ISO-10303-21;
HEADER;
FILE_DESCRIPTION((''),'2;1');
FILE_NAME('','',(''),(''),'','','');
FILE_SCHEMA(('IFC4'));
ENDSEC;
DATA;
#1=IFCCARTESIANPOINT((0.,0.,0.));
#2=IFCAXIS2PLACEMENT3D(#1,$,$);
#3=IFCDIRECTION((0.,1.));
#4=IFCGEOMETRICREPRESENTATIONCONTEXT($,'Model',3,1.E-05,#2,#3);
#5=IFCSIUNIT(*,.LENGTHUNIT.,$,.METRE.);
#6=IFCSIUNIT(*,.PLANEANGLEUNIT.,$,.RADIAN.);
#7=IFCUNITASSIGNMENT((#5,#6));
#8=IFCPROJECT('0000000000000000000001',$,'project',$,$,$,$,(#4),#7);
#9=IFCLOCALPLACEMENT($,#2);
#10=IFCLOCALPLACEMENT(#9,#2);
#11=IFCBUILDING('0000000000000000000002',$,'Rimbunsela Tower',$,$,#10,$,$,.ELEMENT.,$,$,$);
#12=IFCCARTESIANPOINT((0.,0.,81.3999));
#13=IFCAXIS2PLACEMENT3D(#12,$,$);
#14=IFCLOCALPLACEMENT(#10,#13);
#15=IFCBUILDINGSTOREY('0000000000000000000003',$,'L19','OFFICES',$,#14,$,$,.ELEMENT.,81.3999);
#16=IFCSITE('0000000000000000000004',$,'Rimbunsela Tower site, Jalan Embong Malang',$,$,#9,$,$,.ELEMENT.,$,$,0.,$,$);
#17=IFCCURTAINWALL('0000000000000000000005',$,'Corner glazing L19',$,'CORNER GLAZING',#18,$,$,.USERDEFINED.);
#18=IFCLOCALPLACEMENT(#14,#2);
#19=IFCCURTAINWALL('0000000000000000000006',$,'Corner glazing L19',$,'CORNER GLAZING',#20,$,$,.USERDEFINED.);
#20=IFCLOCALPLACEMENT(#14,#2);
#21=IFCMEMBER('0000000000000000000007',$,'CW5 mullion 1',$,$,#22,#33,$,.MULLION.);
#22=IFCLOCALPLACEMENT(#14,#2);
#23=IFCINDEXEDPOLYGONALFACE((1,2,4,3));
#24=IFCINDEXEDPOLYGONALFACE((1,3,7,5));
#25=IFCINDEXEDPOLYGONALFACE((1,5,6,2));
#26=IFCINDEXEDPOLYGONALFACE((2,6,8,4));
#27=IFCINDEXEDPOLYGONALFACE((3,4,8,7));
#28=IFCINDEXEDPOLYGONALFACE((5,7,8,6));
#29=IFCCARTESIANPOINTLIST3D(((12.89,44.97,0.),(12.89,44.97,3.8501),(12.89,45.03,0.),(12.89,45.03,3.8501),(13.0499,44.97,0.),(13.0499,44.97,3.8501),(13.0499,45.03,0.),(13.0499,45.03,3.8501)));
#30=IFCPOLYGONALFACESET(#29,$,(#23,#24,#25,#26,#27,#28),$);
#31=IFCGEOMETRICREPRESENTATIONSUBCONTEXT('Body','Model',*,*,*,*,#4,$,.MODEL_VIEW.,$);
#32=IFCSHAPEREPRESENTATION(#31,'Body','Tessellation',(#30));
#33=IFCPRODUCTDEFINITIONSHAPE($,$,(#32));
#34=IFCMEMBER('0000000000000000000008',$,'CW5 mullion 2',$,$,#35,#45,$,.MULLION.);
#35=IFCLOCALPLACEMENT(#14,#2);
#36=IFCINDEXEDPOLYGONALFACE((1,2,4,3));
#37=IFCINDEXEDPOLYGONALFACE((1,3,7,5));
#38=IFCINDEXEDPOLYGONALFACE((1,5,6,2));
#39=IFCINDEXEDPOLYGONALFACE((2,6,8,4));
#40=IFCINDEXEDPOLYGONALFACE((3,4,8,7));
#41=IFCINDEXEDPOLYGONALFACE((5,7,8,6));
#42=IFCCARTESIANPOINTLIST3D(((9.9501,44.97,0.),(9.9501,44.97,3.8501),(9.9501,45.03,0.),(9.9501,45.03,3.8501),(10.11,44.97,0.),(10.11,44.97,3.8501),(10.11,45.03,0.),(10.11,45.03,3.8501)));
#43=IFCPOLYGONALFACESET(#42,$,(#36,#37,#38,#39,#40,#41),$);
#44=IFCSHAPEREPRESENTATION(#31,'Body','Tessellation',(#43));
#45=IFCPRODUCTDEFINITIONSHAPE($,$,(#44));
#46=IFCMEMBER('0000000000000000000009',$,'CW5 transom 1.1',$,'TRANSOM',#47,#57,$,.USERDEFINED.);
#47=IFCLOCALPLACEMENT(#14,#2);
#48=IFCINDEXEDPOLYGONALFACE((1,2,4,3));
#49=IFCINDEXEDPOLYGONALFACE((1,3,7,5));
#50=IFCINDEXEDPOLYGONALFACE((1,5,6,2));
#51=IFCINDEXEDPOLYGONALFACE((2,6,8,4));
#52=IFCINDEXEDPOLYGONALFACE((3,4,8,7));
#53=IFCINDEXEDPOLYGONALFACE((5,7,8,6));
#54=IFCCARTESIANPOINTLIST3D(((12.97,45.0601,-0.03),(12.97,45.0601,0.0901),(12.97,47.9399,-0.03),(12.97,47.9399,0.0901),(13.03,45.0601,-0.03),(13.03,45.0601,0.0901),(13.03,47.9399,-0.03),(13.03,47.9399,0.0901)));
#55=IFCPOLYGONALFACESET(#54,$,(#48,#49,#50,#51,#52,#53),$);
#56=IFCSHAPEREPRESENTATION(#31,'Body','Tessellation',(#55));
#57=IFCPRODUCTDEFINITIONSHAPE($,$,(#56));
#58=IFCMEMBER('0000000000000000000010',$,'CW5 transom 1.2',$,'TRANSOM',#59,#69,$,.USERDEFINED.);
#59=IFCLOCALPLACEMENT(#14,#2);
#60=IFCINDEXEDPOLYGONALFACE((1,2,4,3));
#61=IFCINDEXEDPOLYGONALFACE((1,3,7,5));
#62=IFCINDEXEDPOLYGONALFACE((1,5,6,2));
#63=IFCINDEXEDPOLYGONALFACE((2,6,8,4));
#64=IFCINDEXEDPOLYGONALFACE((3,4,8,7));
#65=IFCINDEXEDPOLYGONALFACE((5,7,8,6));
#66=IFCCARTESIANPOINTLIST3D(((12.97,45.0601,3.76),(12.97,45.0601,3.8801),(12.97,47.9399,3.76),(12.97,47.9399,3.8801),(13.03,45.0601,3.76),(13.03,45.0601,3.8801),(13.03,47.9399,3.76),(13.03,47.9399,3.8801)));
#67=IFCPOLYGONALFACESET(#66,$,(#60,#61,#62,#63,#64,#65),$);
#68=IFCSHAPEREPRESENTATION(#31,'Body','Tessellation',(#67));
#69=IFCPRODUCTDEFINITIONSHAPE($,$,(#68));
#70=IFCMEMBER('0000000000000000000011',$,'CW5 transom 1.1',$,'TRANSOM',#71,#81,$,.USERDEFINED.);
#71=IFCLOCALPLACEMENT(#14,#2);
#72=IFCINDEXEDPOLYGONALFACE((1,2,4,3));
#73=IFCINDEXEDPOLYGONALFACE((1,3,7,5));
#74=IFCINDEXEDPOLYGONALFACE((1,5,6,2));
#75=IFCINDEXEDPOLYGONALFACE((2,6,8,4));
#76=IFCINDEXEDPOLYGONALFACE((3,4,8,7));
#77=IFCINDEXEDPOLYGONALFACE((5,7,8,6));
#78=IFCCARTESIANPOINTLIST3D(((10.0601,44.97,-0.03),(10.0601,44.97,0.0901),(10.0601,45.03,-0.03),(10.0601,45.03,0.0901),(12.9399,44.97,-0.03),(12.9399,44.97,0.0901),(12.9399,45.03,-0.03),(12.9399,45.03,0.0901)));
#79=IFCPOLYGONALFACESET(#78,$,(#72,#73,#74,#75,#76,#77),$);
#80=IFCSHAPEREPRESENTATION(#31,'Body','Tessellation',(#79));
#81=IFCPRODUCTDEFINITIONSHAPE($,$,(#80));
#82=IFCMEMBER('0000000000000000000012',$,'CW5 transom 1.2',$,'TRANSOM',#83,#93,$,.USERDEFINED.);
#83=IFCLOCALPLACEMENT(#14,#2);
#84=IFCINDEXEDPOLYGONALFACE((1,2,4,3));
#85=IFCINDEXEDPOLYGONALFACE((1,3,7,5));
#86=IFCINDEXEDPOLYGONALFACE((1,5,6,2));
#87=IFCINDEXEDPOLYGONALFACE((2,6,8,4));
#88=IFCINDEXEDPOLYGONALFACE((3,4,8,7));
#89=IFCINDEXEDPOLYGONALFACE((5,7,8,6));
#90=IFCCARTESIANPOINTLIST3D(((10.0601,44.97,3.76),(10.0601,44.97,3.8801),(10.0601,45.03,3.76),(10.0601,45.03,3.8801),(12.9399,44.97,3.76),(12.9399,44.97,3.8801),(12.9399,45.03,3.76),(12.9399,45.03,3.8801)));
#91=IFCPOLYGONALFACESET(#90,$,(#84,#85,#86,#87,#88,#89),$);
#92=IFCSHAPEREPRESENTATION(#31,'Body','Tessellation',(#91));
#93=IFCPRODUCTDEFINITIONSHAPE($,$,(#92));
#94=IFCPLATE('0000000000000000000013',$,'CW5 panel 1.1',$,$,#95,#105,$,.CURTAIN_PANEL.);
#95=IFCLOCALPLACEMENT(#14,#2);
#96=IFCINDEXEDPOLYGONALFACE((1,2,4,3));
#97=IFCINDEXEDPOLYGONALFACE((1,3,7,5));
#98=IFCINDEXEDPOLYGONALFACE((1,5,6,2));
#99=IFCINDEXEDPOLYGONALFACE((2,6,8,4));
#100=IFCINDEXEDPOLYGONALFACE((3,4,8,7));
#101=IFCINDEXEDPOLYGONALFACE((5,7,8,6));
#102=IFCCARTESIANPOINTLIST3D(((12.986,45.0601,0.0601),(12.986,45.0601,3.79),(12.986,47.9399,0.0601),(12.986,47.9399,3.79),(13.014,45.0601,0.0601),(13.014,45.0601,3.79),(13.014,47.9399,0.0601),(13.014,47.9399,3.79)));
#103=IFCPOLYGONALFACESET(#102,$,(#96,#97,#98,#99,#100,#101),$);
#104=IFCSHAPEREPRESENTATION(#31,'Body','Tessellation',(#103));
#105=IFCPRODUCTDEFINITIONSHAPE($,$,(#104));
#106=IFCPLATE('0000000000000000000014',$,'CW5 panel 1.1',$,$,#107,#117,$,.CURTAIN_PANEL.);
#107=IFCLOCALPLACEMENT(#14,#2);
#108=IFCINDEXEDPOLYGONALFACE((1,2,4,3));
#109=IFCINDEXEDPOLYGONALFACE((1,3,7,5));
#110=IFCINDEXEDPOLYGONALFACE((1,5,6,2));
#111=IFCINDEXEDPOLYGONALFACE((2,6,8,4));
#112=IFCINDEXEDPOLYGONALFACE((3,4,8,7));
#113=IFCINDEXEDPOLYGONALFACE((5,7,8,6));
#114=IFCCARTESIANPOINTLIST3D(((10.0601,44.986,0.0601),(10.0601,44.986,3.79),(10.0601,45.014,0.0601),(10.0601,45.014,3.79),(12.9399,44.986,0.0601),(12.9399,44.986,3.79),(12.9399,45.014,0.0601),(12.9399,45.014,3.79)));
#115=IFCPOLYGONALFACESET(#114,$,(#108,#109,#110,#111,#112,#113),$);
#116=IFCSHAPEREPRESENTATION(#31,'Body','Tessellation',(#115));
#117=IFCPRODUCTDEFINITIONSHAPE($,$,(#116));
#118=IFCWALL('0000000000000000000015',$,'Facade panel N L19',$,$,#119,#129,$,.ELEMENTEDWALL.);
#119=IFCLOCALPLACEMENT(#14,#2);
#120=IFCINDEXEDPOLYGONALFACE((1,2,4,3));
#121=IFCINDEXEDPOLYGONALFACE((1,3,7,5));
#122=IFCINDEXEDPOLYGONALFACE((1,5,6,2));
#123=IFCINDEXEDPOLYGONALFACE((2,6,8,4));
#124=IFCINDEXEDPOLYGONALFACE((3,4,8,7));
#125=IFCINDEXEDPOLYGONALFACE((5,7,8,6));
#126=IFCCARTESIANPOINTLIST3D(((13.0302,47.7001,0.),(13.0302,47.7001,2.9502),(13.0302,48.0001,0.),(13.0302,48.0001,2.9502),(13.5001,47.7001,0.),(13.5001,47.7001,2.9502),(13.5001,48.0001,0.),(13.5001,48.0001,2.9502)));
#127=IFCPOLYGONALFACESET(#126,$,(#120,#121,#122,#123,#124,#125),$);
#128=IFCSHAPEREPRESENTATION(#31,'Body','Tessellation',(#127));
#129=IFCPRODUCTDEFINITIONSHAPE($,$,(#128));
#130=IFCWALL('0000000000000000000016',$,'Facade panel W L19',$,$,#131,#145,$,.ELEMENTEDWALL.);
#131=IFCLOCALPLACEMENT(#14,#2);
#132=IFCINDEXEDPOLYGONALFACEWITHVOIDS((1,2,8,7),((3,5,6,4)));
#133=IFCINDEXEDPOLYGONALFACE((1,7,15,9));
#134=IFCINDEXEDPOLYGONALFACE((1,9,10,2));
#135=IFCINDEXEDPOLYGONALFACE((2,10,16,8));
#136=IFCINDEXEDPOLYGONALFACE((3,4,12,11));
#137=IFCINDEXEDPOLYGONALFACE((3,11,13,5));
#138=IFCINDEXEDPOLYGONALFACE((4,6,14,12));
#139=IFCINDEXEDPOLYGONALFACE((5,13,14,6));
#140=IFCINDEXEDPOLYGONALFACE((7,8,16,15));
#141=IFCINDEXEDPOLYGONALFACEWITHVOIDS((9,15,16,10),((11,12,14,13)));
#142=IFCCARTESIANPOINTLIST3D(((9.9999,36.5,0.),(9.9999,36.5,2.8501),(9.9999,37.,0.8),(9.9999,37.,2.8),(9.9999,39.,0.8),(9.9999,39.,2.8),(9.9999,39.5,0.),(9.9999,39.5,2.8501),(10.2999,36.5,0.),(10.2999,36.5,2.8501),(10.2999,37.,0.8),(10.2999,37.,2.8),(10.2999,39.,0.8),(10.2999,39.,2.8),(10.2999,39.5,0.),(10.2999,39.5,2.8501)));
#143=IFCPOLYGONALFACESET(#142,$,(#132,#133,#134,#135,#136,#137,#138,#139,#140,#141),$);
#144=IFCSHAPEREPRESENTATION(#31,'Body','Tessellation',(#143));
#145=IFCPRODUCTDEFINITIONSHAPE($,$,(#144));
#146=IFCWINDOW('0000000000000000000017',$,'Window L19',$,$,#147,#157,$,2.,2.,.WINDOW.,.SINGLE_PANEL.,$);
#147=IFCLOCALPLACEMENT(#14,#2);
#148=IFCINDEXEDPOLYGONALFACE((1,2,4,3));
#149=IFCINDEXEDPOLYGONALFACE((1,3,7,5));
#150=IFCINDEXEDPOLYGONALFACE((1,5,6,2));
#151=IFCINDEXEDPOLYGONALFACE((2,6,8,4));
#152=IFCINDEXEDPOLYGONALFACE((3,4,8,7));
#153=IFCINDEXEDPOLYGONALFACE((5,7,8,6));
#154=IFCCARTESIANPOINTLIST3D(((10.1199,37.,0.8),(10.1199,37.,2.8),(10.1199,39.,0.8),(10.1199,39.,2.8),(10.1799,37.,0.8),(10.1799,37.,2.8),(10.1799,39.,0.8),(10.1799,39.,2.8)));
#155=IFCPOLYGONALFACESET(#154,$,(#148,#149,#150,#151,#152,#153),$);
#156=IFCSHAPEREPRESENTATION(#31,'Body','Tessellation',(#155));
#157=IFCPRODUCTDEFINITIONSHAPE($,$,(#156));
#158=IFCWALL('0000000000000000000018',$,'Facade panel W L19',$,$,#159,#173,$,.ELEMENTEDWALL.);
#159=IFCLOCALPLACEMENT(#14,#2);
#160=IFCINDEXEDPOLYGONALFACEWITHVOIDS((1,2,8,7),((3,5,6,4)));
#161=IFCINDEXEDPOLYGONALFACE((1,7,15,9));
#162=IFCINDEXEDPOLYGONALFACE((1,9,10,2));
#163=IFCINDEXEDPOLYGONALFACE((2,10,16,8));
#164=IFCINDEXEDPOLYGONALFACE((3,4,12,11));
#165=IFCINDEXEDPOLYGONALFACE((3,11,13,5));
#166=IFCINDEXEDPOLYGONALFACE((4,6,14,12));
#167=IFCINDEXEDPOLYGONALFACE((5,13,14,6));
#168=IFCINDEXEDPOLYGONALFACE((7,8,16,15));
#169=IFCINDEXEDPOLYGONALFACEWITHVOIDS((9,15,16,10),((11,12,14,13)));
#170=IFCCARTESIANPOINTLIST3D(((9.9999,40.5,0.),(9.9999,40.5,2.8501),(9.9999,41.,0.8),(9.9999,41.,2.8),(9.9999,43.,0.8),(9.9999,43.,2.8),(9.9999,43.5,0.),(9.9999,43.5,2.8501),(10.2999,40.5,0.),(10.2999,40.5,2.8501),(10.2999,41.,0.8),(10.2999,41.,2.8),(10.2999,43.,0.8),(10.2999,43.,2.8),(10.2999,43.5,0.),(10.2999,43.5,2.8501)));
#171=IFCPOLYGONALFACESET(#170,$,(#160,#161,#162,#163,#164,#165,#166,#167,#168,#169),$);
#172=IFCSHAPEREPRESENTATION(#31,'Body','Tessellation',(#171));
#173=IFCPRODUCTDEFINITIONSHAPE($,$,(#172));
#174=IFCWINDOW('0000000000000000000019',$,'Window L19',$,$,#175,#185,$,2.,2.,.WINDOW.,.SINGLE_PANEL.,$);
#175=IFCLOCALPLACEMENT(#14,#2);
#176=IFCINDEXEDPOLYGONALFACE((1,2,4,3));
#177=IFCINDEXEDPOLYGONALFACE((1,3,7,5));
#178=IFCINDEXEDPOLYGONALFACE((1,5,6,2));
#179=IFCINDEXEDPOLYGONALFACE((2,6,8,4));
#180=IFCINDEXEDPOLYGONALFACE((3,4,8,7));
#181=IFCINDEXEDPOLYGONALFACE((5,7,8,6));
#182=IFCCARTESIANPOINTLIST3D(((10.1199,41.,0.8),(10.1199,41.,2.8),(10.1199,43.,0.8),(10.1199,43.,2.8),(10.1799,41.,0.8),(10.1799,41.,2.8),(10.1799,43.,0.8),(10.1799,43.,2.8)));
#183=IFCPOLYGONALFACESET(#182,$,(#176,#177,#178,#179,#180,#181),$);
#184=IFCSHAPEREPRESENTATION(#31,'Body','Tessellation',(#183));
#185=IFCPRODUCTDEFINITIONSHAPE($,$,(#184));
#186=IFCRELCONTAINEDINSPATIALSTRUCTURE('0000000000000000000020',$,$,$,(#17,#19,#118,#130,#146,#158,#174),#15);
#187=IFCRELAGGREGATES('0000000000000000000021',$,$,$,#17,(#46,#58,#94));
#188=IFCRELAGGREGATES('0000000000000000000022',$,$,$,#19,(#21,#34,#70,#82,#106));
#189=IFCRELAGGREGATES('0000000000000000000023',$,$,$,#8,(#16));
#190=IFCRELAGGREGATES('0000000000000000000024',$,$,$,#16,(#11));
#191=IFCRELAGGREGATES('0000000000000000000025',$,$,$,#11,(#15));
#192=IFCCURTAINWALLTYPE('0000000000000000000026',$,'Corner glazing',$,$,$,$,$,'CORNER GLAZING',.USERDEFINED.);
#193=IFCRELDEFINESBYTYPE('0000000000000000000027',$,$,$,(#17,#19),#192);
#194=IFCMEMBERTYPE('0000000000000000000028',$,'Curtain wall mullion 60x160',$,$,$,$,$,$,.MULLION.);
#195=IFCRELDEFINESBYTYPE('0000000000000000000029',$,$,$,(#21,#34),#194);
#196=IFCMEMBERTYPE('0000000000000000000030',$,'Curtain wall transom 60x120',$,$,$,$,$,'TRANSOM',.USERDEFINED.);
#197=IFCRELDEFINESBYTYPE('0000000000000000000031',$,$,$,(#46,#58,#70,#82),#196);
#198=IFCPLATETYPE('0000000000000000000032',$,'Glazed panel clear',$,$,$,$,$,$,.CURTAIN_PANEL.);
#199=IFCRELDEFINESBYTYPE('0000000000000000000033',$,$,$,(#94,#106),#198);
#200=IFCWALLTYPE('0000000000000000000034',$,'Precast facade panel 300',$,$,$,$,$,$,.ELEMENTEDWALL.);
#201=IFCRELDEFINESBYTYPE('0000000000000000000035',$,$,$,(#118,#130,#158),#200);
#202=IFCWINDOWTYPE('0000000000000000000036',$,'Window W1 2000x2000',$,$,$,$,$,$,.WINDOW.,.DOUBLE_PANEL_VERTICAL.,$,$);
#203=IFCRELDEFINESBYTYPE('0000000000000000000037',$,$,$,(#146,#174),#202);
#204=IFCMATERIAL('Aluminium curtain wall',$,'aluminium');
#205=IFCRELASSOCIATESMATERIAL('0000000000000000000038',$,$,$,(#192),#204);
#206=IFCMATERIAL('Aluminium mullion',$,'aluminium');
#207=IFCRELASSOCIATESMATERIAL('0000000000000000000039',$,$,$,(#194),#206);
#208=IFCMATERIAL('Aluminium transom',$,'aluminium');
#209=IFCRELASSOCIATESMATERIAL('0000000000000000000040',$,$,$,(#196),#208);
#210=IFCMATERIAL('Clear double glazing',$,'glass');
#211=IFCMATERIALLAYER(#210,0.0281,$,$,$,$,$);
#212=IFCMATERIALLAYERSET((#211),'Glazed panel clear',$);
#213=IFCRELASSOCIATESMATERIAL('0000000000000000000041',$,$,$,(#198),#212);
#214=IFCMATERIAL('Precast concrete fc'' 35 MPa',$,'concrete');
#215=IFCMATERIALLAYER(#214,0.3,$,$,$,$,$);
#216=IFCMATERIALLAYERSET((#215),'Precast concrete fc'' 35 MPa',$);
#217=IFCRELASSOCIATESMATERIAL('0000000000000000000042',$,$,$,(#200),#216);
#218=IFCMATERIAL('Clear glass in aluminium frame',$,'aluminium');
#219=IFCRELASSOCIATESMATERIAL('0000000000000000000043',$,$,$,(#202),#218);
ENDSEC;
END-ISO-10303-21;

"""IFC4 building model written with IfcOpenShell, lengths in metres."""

from ifc_helpers import new_model, si_unit, direction, frame, frame_2d, origin, origin_2d, place, context, subcontext, project, spatial, rectangle, extrude, material, layer, layer_set, material_profile, profile_set, type_object, element, fill, aggregate, save


model = new_model("IFC4")

# Units and contexts
model_context = context("Model", 3, precision=1e-05, world=origin(), true_north=direction((0.0, 1.0)))
body_context = subcontext(model_context, "Body", "Model", "MODEL_VIEW")
ifc_project = project(units=[si_unit("LENGTHUNIT", "METRE"), si_unit("PLANEANGLEUNIT", "RADIAN")], contexts=[model_context])

# Site, building, storey
site_placement = place(None, origin())
site = spatial("IfcSite", under=ifc_project, at=site_placement, Name="Rimbunsela Tower site, Jalan Embong Malang", CompositionType="ELEMENT", RefElevation=0.0)
building_placement = place(site_placement, origin())
building = spatial("IfcBuilding", under=site, at=building_placement, Name="Rimbunsela Tower", CompositionType="ELEMENT")
storey_placement = place(building_placement, frame((0.0, 0.0, 81.3999)))
storey = spatial("IfcBuildingStorey", under=building, at=storey_placement, Name="L19", Description="OFFICES", CompositionType="ELEMENT", Elevation=81.3999)

# Curtain walls, members
ifc_material_1 = material(Name="Aluminium curtain wall", Category="aluminium")
curtain_wall_type = type_object("IfcCurtainWallType", Name="Corner glazing", ElementType="CORNER GLAZING", PredefinedType="USERDEFINED", material=ifc_material_1)
curtain_wall_1_placement = place(storey_placement, origin())
curtain_wall_1 = element("IfcCurtainWall", 1, at=curtain_wall_1_placement, inside=storey, type_object=curtain_wall_type, Name="Corner glazing L19", ObjectType="CORNER GLAZING", PredefinedType="USERDEFINED")
ifc_material_2 = material(Name="Aluminium mullion", Category="aluminium")
ifc_material_profile_1 = material_profile(ifc_material_2, rectangle(XDim=0.0601, YDim=0.1599, at=origin_2d()), Name="Mullion 60x160")
ifc_profile_set_1 = profile_set([ifc_material_profile_1], Name="Aluminium mullion")
member_type_1 = type_object("IfcMemberType", Name="Curtain wall mullion 60x160", PredefinedType="MULLION", material=ifc_profile_set_1)
curtain_wall_2_placement = place(storey_placement, origin())
curtain_wall_2 = element("IfcCurtainWall", 2, at=curtain_wall_2_placement, inside=storey, type_object=curtain_wall_type, Name="Corner glazing L19", ObjectType="CORNER GLAZING", PredefinedType="USERDEFINED")
member_1_placement = place(storey_placement, frame((12.97, 45.0, 0.0), z_axis=(0.0, 0.0, 1.0), x_axis=(0.0, -1.0, 0.0)))
member_1 = element("IfcMember", 3, at=member_1_placement, type_object=member_type_1, Name="CW5 mullion 1", PredefinedType="MULLION", context=body_context, shape_type="SweptSolid", body=[
    extrude(rectangle(XDim=0.0601, YDim=0.1599, at=origin_2d()), origin(), (0.0, 0.0, 1.0), 3.8501),
])
member_2_placement = place(storey_placement, frame((10.03, 45.0, 0.0), z_axis=(0.0, 0.0, 1.0), x_axis=(0.0, -1.0, 0.0)))
member_2 = element("IfcMember", 4, at=member_2_placement, type_object=member_type_1, Name="CW5 mullion 2", PredefinedType="MULLION", context=body_context, shape_type="SweptSolid", body=[
    extrude(rectangle(XDim=0.0601, YDim=0.1599, at=origin_2d()), origin(), (0.0, 0.0, 1.0), 3.8501),
])

# Members
ifc_material_3 = material(Name="Aluminium transom", Category="aluminium")
ifc_material_profile_2 = material_profile(ifc_material_3, rectangle(XDim=0.0601, YDim=0.1201, at=origin_2d()), Name="Transom 60x120")
ifc_profile_set_2 = profile_set([ifc_material_profile_2], Name="Aluminium transom")
member_type_2 = type_object("IfcMemberType", Name="Curtain wall transom 60x120", ElementType="TRANSOM", PredefinedType="USERDEFINED", material=ifc_profile_set_2)
member_3_placement = place(storey_placement, frame((13.0, 47.9399, 0.03), z_axis=(0.0, -1.0, 0.0), x_axis=(1.0, 0.0, 0.0)))
member_3 = element("IfcMember", 5, at=member_3_placement, type_object=member_type_2, Name="CW5 transom 1.1", ObjectType="TRANSOM", PredefinedType="USERDEFINED", context=body_context, shape_type="SweptSolid", body=[
    extrude(rectangle(XDim=0.0601, YDim=0.1201, at=origin_2d()), origin(), (0.0, 0.0, 1.0), 2.8799),
])
member_4_placement = place(storey_placement, frame((13.0, 47.9399, 3.8201), z_axis=(0.0, -1.0, 0.0), x_axis=(1.0, 0.0, 0.0)))
member_4 = element("IfcMember", 6, at=member_4_placement, type_object=member_type_2, Name="CW5 transom 1.2", ObjectType="TRANSOM", PredefinedType="USERDEFINED", context=body_context, shape_type="SweptSolid", body=[
    extrude(rectangle(XDim=0.0601, YDim=0.1201, at=origin_2d()), origin(), (0.0, 0.0, 1.0), 2.8799),
])
member_5_placement = place(storey_placement, frame((12.9399, 45.0, 0.03), z_axis=(-1.0, 0.0, 0.0), x_axis=(0.0, -1.0, 0.0)))
member_5 = element("IfcMember", 7, at=member_5_placement, type_object=member_type_2, Name="CW5 transom 1.1", ObjectType="TRANSOM", PredefinedType="USERDEFINED", context=body_context, shape_type="SweptSolid", body=[
    extrude(rectangle(XDim=0.0601, YDim=0.1201, at=origin_2d()), origin(), (0.0, 0.0, 1.0), 2.8799),
])
member_6_placement = place(storey_placement, frame((12.9399, 45.0, 3.8201), z_axis=(-1.0, 0.0, 0.0), x_axis=(0.0, -1.0, 0.0)))
member_6 = element("IfcMember", 8, at=member_6_placement, type_object=member_type_2, Name="CW5 transom 1.2", ObjectType="TRANSOM", PredefinedType="USERDEFINED", context=body_context, shape_type="SweptSolid", body=[
    extrude(rectangle(XDim=0.0601, YDim=0.1201, at=origin_2d()), origin(), (0.0, 0.0, 1.0), 2.8799),
])

# Plates
ifc_material_4 = material(Name="Clear double glazing", Category="glass")
ifc_layer_1 = layer(ifc_material_4, 0.0281)
ifc_layer_set_1 = layer_set([ifc_layer_1], Name="Glazed panel clear")
plate_type = type_object("IfcPlateType", Name="Glazed panel clear", PredefinedType="CURTAIN_PANEL", material=ifc_layer_set_1)
plate_1_placement = place(storey_placement, frame((13.0, 46.5, 0.0601), z_axis=(0.0, 0.0, 1.0), x_axis=(0.0, -1.0, 0.0)))
plate_1 = element("IfcPlate", 9, at=plate_1_placement, type_object=plate_type, Name="CW5 panel 1.1", PredefinedType="CURTAIN_PANEL", context=body_context, shape_type="SweptSolid", body=[
    extrude(rectangle(XDim=2.8799, YDim=0.0281, at=origin_2d()), origin(), (0.0, 0.0, 1.0), 3.73),
])
aggregate(curtain_wall_1, [member_3, member_4, plate_1])
plate_2_placement = place(storey_placement, frame((11.5, 45.0, 0.0601), z_axis=(0.0, 0.0, 1.0), x_axis=(-1.0, 0.0, 0.0)))
plate_2 = element("IfcPlate", 10, at=plate_2_placement, type_object=plate_type, Name="CW5 panel 1.1", PredefinedType="CURTAIN_PANEL", context=body_context, shape_type="SweptSolid", body=[
    extrude(rectangle(XDim=2.8799, YDim=0.0281, at=origin_2d()), origin(), (0.0, 0.0, 1.0), 3.73),
])
aggregate(curtain_wall_2, [member_1, member_2, member_5, member_6, plate_2])

# Wall
ifc_material_5 = material(Name="Precast concrete fc' 35 MPa", Category="concrete")
ifc_layer_2 = layer(ifc_material_5, 0.3)
ifc_layer_set_2 = layer_set([ifc_layer_2], Name="Precast concrete fc' 35 MPa")
wall_type = type_object("IfcWallType", Name="Precast facade panel 300", PredefinedType="ELEMENTEDWALL", material=ifc_layer_set_2)
wall_1_placement = place(storey_placement, frame((13.5, 47.8501, 0.0), z_axis=(0.0, 0.0, 1.0), x_axis=(-1.0, 0.0, 0.0)))
element("IfcWall", 11, at=wall_1_placement, inside=storey, type_object=wall_type, Name="Facade panel N L19", PredefinedType="ELEMENTEDWALL", context=body_context, shape_type="SweptSolid", body=[
    extrude(rectangle(XDim=0.47, YDim=0.3, at=frame_2d((0.2349, 0.0))), origin(), (0.0, 0.0, 1.0), 2.9502),
])

# Walls, openings, windows
wall_2_placement = place(storey_placement, frame((10.1499, 39.5, 0.0), z_axis=(0.0, 0.0, 1.0), x_axis=(0.0, -1.0, 0.0)))
wall_2 = element("IfcWall", 12, at=wall_2_placement, inside=storey, type_object=wall_type, Name="Facade panel W L19", PredefinedType="ELEMENTEDWALL", context=body_context, shape_type="SweptSolid", body=[
    extrude(rectangle(XDim=3.0, YDim=0.3, at=frame_2d((1.5, 0.0))), origin(), (0.0, 0.0, 1.0), 2.8501),
])
opening_1_placement = place(wall_2_placement, frame((0.5, 0.0, 0.8)))
opening_1 = element("IfcOpeningElement", 13, at=opening_1_placement, cuts=wall_2, PredefinedType="OPENING", context=body_context, shape_type="SweptSolid", body=[
    extrude(rectangle(XDim=2.0, YDim=2.0, at=frame_2d((1.0, 1.0))), frame((0.0, 0.1599, 0.0), z_axis=(0.0, -1.0, 0.0), x_axis=(1.0, 0.0, 0.0)), (0.0, 0.0, 1.0), 0.3201),
])
ifc_material_6 = material(Name="Clear glass in aluminium frame", Category="aluminium")
window_type = type_object("IfcWindowType", Name="Window W1 2000x2000", PartitioningType="DOUBLE_PANEL_VERTICAL", PredefinedType="WINDOW", material=ifc_material_6)
window_1_placement = place(opening_1_placement, origin())
window_1 = element("IfcWindow", 14, at=window_1_placement, inside=storey, type_object=window_type, Name="Window L19", OverallHeight=2.0, OverallWidth=2.0, PartitioningType="SINGLE_PANEL", PredefinedType="WINDOW", context=body_context, shape_type="SweptSolid", body=[
    extrude(rectangle(XDim=2.0, YDim=2.0, at=frame_2d((1.0, 1.0))), frame((0.0, 0.03, 0.0), z_axis=(0.0, -1.0, 0.0), x_axis=(1.0, 0.0, 0.0)), (0.0, 0.0, 1.0), 0.0601),
])
fill(opening_1, window_1)
wall_3_placement = place(storey_placement, frame((10.1499, 43.5, 0.0), z_axis=(0.0, 0.0, 1.0), x_axis=(0.0, -1.0, 0.0)))
wall_3 = element("IfcWall", 15, at=wall_3_placement, inside=storey, type_object=wall_type, Name="Facade panel W L19", PredefinedType="ELEMENTEDWALL", context=body_context, shape_type="SweptSolid", body=[
    extrude(rectangle(XDim=3.0, YDim=0.3, at=frame_2d((1.5, 0.0))), origin(), (0.0, 0.0, 1.0), 2.8501),
])
opening_2_placement = place(wall_3_placement, frame((0.5, 0.0, 0.8)))
opening_2 = element("IfcOpeningElement", 16, at=opening_2_placement, cuts=wall_3, PredefinedType="OPENING", context=body_context, shape_type="SweptSolid", body=[
    extrude(rectangle(XDim=2.0, YDim=2.0, at=frame_2d((1.0, 1.0))), frame((0.0, 0.1599, 0.0), z_axis=(0.0, -1.0, 0.0), x_axis=(1.0, 0.0, 0.0)), (0.0, 0.0, 1.0), 0.3201),
])
window_2_placement = place(opening_2_placement, origin())
window_2 = element("IfcWindow", 17, at=window_2_placement, inside=storey, type_object=window_type, Name="Window L19", OverallHeight=2.0, OverallWidth=2.0, PartitioningType="SINGLE_PANEL", PredefinedType="WINDOW", context=body_context, shape_type="SweptSolid", body=[
    extrude(rectangle(XDim=2.0, YDim=2.0, at=frame_2d((1.0, 1.0))), frame((0.0, 0.03, 0.0), z_axis=(0.0, -1.0, 0.0), x_axis=(1.0, 0.0, 0.0)), (0.0, 0.0, 1.0), 0.0601),
])
fill(opening_2, window_2)

save(model, "model.ifc")
